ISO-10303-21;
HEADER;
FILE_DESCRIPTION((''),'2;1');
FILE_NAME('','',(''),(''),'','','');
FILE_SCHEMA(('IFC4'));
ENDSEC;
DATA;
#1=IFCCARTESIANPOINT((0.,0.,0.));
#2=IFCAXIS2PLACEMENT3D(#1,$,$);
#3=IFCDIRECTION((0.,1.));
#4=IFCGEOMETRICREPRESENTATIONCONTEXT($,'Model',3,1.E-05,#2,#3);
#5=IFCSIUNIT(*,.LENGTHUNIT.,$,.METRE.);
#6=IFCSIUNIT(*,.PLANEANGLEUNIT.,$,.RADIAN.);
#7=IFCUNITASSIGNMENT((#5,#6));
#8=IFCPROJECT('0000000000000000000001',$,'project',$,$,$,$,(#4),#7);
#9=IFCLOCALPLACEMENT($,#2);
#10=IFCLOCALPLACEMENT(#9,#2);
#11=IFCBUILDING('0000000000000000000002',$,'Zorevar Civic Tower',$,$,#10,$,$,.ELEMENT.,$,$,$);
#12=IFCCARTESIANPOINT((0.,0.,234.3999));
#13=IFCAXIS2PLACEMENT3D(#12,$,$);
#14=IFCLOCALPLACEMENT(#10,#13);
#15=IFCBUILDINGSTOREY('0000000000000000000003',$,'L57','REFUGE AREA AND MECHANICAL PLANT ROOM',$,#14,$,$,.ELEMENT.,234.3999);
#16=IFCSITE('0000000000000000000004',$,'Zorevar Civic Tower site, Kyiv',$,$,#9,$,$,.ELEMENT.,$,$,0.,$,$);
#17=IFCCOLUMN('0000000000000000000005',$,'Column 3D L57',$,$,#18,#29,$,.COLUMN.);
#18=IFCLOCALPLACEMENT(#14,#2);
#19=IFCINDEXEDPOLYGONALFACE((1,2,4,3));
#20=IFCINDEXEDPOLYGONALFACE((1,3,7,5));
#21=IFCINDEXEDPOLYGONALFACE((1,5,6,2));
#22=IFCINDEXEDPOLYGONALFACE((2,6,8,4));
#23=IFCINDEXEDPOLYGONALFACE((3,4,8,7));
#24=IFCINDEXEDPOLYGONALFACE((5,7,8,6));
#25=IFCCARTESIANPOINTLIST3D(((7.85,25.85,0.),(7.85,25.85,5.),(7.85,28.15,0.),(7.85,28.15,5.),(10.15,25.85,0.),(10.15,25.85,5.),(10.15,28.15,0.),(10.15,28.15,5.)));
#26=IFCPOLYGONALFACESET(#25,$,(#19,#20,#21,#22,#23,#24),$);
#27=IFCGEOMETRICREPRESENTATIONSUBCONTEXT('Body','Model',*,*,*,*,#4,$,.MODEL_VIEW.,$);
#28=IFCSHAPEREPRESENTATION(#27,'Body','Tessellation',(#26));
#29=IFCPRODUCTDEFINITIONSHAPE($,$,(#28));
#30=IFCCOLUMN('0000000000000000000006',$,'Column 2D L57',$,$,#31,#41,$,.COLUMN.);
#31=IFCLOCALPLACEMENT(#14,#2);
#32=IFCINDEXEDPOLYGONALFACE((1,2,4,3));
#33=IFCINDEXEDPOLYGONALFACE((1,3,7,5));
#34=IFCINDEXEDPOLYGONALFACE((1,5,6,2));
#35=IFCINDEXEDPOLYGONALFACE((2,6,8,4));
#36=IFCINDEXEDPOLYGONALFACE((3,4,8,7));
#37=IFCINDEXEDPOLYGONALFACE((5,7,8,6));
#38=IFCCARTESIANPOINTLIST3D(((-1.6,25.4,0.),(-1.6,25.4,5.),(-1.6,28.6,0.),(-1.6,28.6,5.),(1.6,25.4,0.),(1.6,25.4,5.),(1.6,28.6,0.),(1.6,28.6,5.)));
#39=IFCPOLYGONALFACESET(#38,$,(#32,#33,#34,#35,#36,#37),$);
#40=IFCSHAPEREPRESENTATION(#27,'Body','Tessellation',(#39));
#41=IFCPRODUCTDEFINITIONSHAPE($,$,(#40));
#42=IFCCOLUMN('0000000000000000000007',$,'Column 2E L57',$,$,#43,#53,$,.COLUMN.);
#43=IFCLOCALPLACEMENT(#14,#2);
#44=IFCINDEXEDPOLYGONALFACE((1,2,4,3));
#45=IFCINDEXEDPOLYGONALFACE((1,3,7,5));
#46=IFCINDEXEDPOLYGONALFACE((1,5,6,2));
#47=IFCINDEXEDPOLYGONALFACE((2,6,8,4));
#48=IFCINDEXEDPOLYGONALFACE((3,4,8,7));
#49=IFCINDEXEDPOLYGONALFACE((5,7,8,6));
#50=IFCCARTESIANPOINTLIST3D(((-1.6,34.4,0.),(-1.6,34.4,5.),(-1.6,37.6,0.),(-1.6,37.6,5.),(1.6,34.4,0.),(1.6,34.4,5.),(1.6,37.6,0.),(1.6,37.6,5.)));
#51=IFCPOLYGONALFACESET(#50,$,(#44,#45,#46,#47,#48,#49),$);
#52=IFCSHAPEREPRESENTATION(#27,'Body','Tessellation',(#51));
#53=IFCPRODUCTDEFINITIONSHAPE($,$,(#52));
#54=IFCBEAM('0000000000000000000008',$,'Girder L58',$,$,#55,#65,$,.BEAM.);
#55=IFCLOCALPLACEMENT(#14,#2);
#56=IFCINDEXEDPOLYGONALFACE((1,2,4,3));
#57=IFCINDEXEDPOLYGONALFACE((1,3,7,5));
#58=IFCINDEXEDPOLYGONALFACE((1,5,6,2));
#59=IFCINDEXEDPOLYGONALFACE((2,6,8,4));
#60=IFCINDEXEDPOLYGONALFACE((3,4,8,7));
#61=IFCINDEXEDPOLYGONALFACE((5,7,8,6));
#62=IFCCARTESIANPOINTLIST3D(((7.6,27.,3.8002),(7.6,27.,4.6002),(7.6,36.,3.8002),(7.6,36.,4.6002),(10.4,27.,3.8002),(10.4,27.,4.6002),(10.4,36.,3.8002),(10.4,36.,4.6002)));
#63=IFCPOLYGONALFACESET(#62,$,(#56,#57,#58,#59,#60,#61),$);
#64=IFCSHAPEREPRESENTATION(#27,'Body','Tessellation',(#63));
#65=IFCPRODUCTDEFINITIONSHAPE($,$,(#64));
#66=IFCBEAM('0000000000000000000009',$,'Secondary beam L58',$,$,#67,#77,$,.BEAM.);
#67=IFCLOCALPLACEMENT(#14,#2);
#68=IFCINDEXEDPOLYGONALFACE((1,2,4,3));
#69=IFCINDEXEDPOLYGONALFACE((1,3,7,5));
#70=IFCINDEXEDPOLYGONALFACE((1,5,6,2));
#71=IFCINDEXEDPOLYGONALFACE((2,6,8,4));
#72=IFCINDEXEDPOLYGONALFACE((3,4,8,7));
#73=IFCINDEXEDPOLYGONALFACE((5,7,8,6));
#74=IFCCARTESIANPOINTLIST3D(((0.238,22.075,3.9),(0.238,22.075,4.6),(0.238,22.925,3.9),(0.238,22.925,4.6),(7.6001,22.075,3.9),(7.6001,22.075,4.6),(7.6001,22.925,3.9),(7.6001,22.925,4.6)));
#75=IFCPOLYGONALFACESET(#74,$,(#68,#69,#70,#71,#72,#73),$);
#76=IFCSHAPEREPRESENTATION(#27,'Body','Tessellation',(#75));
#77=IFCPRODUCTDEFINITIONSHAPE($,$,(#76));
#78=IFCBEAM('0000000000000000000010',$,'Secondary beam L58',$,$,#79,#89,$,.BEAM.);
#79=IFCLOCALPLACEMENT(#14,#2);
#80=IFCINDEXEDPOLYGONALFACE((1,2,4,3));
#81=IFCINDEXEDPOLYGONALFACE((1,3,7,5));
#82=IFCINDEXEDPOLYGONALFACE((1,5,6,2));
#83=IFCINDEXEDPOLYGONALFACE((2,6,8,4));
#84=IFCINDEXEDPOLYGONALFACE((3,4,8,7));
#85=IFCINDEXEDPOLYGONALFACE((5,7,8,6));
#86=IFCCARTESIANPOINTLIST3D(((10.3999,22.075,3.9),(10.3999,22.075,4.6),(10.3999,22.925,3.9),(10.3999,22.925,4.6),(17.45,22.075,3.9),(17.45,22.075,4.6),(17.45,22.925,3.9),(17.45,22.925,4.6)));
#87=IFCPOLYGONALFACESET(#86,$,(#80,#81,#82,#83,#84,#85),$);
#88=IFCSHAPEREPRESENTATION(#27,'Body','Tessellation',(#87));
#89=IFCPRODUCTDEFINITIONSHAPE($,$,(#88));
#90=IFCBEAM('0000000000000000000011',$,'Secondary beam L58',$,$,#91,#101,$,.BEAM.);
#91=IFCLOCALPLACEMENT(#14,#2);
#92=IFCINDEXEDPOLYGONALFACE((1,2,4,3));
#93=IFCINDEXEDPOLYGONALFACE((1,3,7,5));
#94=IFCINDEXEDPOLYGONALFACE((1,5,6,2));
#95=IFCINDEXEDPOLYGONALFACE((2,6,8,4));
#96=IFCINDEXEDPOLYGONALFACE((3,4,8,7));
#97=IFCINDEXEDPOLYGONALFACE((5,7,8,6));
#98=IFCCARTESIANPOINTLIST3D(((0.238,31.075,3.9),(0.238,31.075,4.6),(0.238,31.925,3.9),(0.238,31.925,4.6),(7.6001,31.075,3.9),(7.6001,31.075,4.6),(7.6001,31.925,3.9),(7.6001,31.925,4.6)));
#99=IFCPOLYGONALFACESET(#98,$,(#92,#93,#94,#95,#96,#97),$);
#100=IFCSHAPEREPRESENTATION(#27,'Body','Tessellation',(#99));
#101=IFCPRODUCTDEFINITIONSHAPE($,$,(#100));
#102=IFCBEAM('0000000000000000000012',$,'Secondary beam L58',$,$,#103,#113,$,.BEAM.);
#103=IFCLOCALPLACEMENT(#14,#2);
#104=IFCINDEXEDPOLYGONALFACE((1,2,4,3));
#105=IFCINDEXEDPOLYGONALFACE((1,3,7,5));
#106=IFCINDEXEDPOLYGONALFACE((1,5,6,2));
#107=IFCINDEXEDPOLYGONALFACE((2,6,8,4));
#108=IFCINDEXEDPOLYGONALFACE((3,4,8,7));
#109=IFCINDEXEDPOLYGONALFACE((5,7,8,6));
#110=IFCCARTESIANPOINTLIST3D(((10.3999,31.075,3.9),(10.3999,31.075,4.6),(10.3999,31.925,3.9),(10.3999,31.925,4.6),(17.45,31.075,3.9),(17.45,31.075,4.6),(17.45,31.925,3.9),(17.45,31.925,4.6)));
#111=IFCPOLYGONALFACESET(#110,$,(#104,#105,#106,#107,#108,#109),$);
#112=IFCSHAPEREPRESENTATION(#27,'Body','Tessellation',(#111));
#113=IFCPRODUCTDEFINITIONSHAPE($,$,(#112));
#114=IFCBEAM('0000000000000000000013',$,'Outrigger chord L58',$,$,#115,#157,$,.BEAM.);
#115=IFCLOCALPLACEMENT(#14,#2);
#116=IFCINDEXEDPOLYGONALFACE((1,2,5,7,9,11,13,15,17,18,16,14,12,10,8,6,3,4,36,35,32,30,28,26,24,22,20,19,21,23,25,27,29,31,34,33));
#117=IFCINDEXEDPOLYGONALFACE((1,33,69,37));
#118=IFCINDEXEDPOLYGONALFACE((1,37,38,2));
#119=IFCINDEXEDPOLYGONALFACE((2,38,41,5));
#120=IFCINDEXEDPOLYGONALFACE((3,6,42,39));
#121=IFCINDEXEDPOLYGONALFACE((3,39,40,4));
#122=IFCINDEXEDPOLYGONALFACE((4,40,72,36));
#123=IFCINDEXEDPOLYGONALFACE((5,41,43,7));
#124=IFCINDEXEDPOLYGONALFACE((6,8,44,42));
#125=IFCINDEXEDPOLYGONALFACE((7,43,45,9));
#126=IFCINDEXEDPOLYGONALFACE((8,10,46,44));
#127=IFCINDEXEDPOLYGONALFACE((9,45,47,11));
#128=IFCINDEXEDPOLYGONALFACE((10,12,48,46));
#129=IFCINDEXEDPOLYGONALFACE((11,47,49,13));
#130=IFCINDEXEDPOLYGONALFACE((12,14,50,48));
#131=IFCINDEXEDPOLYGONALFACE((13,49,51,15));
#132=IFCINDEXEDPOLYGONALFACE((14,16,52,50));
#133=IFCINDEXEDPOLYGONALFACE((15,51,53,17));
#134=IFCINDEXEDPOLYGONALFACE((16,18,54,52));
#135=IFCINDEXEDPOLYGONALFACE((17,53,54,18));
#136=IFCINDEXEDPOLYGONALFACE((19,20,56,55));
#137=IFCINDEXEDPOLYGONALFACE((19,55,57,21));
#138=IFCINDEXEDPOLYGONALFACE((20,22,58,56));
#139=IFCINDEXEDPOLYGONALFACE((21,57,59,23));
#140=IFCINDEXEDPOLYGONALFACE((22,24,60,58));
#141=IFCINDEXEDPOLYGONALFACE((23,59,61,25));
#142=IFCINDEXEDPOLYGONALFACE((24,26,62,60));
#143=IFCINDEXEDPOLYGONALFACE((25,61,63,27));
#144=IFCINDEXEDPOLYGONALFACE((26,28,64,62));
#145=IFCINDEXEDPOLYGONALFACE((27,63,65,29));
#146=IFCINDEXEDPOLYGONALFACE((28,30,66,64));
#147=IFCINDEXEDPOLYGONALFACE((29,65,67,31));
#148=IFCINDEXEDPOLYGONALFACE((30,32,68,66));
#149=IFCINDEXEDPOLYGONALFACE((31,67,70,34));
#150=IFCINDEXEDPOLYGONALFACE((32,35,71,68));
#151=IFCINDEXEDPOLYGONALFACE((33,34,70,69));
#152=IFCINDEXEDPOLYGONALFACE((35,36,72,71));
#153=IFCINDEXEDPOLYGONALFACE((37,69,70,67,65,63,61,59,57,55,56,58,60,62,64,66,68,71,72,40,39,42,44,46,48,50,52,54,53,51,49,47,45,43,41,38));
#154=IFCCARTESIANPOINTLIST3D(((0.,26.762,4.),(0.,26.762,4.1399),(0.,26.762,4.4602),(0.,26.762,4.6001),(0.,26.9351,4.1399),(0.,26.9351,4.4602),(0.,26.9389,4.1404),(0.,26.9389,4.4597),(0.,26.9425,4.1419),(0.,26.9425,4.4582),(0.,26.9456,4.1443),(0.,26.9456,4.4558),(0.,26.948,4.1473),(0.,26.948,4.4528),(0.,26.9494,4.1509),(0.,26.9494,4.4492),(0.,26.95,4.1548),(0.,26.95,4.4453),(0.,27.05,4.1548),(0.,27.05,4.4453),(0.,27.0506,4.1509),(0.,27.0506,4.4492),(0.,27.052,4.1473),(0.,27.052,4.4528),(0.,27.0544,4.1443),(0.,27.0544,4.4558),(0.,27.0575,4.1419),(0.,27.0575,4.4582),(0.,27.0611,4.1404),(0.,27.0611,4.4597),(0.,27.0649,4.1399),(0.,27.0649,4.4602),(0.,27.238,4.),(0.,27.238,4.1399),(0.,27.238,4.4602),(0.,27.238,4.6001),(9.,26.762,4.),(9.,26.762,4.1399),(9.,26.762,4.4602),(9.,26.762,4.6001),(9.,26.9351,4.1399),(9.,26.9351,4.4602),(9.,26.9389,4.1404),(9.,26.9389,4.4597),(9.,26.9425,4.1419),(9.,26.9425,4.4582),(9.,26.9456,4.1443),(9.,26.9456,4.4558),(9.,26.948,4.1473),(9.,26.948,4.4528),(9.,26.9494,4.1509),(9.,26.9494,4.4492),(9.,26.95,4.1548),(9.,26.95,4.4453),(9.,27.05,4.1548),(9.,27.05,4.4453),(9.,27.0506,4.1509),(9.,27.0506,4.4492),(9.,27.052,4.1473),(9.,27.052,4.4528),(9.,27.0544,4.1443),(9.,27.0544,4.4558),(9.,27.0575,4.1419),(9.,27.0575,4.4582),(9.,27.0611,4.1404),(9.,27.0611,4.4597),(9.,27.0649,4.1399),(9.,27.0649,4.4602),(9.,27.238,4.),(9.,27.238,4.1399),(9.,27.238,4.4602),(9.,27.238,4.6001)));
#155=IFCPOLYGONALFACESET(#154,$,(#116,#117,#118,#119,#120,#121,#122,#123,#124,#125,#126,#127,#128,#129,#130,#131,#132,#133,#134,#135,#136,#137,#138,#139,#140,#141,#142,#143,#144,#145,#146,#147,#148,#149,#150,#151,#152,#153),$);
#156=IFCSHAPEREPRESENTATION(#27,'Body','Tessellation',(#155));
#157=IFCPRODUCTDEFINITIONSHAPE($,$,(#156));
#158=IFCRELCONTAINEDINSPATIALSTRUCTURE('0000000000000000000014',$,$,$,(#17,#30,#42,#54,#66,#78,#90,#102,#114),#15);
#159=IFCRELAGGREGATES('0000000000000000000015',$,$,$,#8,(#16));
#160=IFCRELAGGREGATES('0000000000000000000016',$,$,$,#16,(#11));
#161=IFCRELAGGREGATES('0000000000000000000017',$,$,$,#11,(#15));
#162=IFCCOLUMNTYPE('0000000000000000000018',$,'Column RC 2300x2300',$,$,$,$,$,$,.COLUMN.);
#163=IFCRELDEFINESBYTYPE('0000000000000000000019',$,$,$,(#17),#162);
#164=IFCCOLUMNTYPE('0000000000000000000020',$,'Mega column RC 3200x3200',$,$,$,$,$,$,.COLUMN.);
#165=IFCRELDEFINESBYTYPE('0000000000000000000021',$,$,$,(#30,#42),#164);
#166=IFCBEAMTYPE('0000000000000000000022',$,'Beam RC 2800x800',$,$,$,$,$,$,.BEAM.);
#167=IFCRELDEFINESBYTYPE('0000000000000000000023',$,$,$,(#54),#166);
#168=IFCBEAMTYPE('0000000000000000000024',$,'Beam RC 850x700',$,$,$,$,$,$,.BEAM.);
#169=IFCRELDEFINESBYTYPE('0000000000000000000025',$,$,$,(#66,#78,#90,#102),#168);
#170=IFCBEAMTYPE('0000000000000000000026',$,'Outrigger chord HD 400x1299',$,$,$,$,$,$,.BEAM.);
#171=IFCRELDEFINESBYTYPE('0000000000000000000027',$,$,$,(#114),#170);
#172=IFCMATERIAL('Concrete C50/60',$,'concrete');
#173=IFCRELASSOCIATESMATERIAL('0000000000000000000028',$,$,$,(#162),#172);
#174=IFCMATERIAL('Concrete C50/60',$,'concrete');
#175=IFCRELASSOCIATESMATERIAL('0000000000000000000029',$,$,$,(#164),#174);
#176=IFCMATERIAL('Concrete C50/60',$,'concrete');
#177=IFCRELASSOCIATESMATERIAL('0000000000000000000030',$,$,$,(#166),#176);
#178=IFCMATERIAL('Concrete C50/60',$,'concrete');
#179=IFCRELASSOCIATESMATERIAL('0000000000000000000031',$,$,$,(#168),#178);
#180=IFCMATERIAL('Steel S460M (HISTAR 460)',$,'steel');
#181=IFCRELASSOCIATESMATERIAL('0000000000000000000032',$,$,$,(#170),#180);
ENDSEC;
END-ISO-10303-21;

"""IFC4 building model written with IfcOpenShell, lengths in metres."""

from ifc_helpers import new_model, si_unit, direction, frame, origin, origin_2d, place, context, subcontext, project, spatial, rectangle, i_section, extrude, material, material_profile, profile_set, type_object, element, save


model = new_model("IFC4")

# Units and contexts
model_context = context("Model", 3, precision=1e-05, world=origin(), true_north=direction((0.0, 1.0)))
body_context = subcontext(model_context, "Body", "Model", "MODEL_VIEW")
ifc_project = project(units=[si_unit("LENGTHUNIT", "METRE"), si_unit("PLANEANGLEUNIT", "RADIAN")], contexts=[model_context])

# Site, building, storey
site_placement = place(None, origin())
site = spatial("IfcSite", under=ifc_project, at=site_placement, Name="Zorevar Civic Tower site, Kyiv", CompositionType="ELEMENT", RefElevation=0.0)
building_placement = place(site_placement, origin())
building = spatial("IfcBuilding", under=site, at=building_placement, Name="Zorevar Civic Tower", CompositionType="ELEMENT")
storey_placement = place(building_placement, frame((0.0, 0.0, 234.3999)))
storey = spatial("IfcBuildingStorey", under=building, at=storey_placement, Name="L57", Description="REFUGE AREA AND MECHANICAL PLANT ROOM", CompositionType="ELEMENT", Elevation=234.3999)

# Columns
ifc_material_1 = material(Name="Concrete C50/60", Category="concrete")
ifc_material_profile_1 = material_profile(ifc_material_1, rectangle(XDim=2.3, YDim=2.3, at=origin_2d()), Name="RC 2300x2300")
ifc_profile_set_1 = profile_set([ifc_material_profile_1], Name="Concrete C50/60")
column_type_1 = type_object("IfcColumnType", Name="Column RC 2300x2300", PredefinedType="COLUMN", material=ifc_profile_set_1)
column_placement = place(storey_placement, frame((9.0, 27.0, 0.0), z_axis=(0.0, 0.0, 1.0), x_axis=(1.0, 0.0, 0.0)))
element("IfcColumn", 1, at=column_placement, inside=storey, type_object=column_type_1, Name="Column 3D L57", PredefinedType="COLUMN", context=body_context, shape_type="SweptSolid", body=[
    extrude(rectangle(XDim=2.3, YDim=2.3, at=origin_2d()), origin(), (0.0, 0.0, 1.0), 5.0),
])
ifc_material_2 = material(Name="Concrete C50/60", Category="concrete")
ifc_material_profile_2 = material_profile(ifc_material_2, rectangle(XDim=3.2, YDim=3.2, at=origin_2d()), Name="RC 3200x3200")
ifc_profile_set_2 = profile_set([ifc_material_profile_2], Name="Concrete C50/60")
column_type_2 = type_object("IfcColumnType", Name="Mega column RC 3200x3200", PredefinedType="COLUMN", material=ifc_profile_set_2)
for number, where, z_axis, x_axis, name in (
    (2, (0.0, 27.0, 0.0), (0.0, 0.0, 1.0), (1.0, 0.0, 0.0), "Column 2D L57"),
    (3, (0.0, 36.0, 0.0), (0.0, 0.0, 1.0), (1.0, 0.0, 0.0), "Column 2E L57"),
):
    element("IfcColumn", number, at=place(storey_placement, frame(where, z_axis=z_axis, x_axis=x_axis)), inside=storey, type_object=column_type_2, Name=name, PredefinedType="COLUMN", context=body_context, shape_type="SweptSolid", body=[
        extrude(rectangle(XDim=3.2, YDim=3.2, at=origin_2d()), origin(), (0.0, 0.0, 1.0), 5.0),
    ])

# Beams
ifc_material_3 = material(Name="Concrete C50/60", Category="concrete")
ifc_material_profile_3 = material_profile(ifc_material_3, rectangle(XDim=2.8, YDim=0.8, at=origin_2d()), Name="RC 2800x800")
ifc_profile_set_3 = profile_set([ifc_material_profile_3], Name="Concrete C50/60")
beam_type_1 = type_object("IfcBeamType", Name="Beam RC 2800x800", PredefinedType="BEAM", material=ifc_profile_set_3)
beam_1_placement = place(storey_placement, frame((9.0, 27.0, 4.2002), z_axis=(0.0, 1.0, 0.0), x_axis=(-1.0, 0.0, 0.0)))
element("IfcBeam", 4, at=beam_1_placement, inside=storey, type_object=beam_type_1, Name="Girder L58", PredefinedType="BEAM", context=body_context, shape_type="SweptSolid", body=[
    extrude(rectangle(XDim=2.8, YDim=0.8, at=origin_2d()), origin(), (0.0, 0.0, 1.0), 9.0),
])
ifc_material_4 = material(Name="Concrete C50/60", Category="concrete")
ifc_material_profile_4 = material_profile(ifc_material_4, rectangle(XDim=0.8501, YDim=0.7, at=origin_2d()), Name="RC 850x700")
ifc_profile_set_4 = profile_set([ifc_material_profile_4], Name="Concrete C50/60")
beam_type_2 = type_object("IfcBeamType", Name="Beam RC 850x700", PredefinedType="BEAM", material=ifc_profile_set_4)
beam_2_placement = place(storey_placement, frame((0.238, 22.5, 4.25), z_axis=(1.0, 0.0, 0.0), x_axis=(0.0, 1.0, 0.0)))
element("IfcBeam", 5, at=beam_2_placement, inside=storey, type_object=beam_type_2, Name="Secondary beam L58", PredefinedType="BEAM", context=body_context, shape_type="SweptSolid", body=[
    extrude(rectangle(XDim=0.8501, YDim=0.7, at=origin_2d()), origin(), (0.0, 0.0, 1.0), 7.3621),
])
beam_3_placement = place(storey_placement, frame((10.3999, 22.5, 4.25), z_axis=(1.0, 0.0, 0.0), x_axis=(0.0, 1.0, 0.0)))
element("IfcBeam", 6, at=beam_3_placement, inside=storey, type_object=beam_type_2, Name="Secondary beam L58", PredefinedType="BEAM", context=body_context, shape_type="SweptSolid", body=[
    extrude(rectangle(XDim=0.8501, YDim=0.7, at=origin_2d()), origin(), (0.0, 0.0, 1.0), 7.05),
])
beam_4_placement = place(storey_placement, frame((0.238, 31.5, 4.25), z_axis=(1.0, 0.0, 0.0), x_axis=(0.0, 1.0, 0.0)))
element("IfcBeam", 7, at=beam_4_placement, inside=storey, type_object=beam_type_2, Name="Secondary beam L58", PredefinedType="BEAM", context=body_context, shape_type="SweptSolid", body=[
    extrude(rectangle(XDim=0.8501, YDim=0.7, at=origin_2d()), origin(), (0.0, 0.0, 1.0), 7.3621),
])
beam_5_placement = place(storey_placement, frame((10.3999, 31.5, 4.25), z_axis=(1.0, 0.0, 0.0), x_axis=(0.0, 1.0, 0.0)))
element("IfcBeam", 8, at=beam_5_placement, inside=storey, type_object=beam_type_2, Name="Secondary beam L58", PredefinedType="BEAM", context=body_context, shape_type="SweptSolid", body=[
    extrude(rectangle(XDim=0.8501, YDim=0.7, at=origin_2d()), origin(), (0.0, 0.0, 1.0), 7.05),
])
ifc_material_5 = material(Name="Steel S460M (HISTAR 460)", Category="steel")
ifc_material_profile_5 = material_profile(ifc_material_5, i_section(OverallWidth=0.4761, OverallDepth=0.6001, WebThickness=0.1001, FlangeThickness=0.1399, FilletRadius=0.0149, at=origin_2d()), Name="HD 400x1299")
ifc_profile_set_5 = profile_set([ifc_material_profile_5], Name="Steel S460M (HISTAR 460)")
beam_type_3 = type_object("IfcBeamType", Name="Outrigger chord HD 400x1299", PredefinedType="BEAM", material=ifc_profile_set_5)
beam_6_placement = place(storey_placement, frame((0.0, 27.0, 4.3), z_axis=(1.0, 0.0, 0.0), x_axis=(0.0, 1.0, 0.0)))
element("IfcBeam", 9, at=beam_6_placement, inside=storey, type_object=beam_type_3, Name="Outrigger chord L58", PredefinedType="BEAM", context=body_context, shape_type="SweptSolid", body=[
    extrude(i_section(OverallWidth=0.4761, OverallDepth=0.6001, WebThickness=0.1001, FlangeThickness=0.1399, FilletRadius=0.0149, at=origin_2d()), origin(), (0.0, 0.0, 1.0), 9.0),
])

save(model, "model.ifc")
